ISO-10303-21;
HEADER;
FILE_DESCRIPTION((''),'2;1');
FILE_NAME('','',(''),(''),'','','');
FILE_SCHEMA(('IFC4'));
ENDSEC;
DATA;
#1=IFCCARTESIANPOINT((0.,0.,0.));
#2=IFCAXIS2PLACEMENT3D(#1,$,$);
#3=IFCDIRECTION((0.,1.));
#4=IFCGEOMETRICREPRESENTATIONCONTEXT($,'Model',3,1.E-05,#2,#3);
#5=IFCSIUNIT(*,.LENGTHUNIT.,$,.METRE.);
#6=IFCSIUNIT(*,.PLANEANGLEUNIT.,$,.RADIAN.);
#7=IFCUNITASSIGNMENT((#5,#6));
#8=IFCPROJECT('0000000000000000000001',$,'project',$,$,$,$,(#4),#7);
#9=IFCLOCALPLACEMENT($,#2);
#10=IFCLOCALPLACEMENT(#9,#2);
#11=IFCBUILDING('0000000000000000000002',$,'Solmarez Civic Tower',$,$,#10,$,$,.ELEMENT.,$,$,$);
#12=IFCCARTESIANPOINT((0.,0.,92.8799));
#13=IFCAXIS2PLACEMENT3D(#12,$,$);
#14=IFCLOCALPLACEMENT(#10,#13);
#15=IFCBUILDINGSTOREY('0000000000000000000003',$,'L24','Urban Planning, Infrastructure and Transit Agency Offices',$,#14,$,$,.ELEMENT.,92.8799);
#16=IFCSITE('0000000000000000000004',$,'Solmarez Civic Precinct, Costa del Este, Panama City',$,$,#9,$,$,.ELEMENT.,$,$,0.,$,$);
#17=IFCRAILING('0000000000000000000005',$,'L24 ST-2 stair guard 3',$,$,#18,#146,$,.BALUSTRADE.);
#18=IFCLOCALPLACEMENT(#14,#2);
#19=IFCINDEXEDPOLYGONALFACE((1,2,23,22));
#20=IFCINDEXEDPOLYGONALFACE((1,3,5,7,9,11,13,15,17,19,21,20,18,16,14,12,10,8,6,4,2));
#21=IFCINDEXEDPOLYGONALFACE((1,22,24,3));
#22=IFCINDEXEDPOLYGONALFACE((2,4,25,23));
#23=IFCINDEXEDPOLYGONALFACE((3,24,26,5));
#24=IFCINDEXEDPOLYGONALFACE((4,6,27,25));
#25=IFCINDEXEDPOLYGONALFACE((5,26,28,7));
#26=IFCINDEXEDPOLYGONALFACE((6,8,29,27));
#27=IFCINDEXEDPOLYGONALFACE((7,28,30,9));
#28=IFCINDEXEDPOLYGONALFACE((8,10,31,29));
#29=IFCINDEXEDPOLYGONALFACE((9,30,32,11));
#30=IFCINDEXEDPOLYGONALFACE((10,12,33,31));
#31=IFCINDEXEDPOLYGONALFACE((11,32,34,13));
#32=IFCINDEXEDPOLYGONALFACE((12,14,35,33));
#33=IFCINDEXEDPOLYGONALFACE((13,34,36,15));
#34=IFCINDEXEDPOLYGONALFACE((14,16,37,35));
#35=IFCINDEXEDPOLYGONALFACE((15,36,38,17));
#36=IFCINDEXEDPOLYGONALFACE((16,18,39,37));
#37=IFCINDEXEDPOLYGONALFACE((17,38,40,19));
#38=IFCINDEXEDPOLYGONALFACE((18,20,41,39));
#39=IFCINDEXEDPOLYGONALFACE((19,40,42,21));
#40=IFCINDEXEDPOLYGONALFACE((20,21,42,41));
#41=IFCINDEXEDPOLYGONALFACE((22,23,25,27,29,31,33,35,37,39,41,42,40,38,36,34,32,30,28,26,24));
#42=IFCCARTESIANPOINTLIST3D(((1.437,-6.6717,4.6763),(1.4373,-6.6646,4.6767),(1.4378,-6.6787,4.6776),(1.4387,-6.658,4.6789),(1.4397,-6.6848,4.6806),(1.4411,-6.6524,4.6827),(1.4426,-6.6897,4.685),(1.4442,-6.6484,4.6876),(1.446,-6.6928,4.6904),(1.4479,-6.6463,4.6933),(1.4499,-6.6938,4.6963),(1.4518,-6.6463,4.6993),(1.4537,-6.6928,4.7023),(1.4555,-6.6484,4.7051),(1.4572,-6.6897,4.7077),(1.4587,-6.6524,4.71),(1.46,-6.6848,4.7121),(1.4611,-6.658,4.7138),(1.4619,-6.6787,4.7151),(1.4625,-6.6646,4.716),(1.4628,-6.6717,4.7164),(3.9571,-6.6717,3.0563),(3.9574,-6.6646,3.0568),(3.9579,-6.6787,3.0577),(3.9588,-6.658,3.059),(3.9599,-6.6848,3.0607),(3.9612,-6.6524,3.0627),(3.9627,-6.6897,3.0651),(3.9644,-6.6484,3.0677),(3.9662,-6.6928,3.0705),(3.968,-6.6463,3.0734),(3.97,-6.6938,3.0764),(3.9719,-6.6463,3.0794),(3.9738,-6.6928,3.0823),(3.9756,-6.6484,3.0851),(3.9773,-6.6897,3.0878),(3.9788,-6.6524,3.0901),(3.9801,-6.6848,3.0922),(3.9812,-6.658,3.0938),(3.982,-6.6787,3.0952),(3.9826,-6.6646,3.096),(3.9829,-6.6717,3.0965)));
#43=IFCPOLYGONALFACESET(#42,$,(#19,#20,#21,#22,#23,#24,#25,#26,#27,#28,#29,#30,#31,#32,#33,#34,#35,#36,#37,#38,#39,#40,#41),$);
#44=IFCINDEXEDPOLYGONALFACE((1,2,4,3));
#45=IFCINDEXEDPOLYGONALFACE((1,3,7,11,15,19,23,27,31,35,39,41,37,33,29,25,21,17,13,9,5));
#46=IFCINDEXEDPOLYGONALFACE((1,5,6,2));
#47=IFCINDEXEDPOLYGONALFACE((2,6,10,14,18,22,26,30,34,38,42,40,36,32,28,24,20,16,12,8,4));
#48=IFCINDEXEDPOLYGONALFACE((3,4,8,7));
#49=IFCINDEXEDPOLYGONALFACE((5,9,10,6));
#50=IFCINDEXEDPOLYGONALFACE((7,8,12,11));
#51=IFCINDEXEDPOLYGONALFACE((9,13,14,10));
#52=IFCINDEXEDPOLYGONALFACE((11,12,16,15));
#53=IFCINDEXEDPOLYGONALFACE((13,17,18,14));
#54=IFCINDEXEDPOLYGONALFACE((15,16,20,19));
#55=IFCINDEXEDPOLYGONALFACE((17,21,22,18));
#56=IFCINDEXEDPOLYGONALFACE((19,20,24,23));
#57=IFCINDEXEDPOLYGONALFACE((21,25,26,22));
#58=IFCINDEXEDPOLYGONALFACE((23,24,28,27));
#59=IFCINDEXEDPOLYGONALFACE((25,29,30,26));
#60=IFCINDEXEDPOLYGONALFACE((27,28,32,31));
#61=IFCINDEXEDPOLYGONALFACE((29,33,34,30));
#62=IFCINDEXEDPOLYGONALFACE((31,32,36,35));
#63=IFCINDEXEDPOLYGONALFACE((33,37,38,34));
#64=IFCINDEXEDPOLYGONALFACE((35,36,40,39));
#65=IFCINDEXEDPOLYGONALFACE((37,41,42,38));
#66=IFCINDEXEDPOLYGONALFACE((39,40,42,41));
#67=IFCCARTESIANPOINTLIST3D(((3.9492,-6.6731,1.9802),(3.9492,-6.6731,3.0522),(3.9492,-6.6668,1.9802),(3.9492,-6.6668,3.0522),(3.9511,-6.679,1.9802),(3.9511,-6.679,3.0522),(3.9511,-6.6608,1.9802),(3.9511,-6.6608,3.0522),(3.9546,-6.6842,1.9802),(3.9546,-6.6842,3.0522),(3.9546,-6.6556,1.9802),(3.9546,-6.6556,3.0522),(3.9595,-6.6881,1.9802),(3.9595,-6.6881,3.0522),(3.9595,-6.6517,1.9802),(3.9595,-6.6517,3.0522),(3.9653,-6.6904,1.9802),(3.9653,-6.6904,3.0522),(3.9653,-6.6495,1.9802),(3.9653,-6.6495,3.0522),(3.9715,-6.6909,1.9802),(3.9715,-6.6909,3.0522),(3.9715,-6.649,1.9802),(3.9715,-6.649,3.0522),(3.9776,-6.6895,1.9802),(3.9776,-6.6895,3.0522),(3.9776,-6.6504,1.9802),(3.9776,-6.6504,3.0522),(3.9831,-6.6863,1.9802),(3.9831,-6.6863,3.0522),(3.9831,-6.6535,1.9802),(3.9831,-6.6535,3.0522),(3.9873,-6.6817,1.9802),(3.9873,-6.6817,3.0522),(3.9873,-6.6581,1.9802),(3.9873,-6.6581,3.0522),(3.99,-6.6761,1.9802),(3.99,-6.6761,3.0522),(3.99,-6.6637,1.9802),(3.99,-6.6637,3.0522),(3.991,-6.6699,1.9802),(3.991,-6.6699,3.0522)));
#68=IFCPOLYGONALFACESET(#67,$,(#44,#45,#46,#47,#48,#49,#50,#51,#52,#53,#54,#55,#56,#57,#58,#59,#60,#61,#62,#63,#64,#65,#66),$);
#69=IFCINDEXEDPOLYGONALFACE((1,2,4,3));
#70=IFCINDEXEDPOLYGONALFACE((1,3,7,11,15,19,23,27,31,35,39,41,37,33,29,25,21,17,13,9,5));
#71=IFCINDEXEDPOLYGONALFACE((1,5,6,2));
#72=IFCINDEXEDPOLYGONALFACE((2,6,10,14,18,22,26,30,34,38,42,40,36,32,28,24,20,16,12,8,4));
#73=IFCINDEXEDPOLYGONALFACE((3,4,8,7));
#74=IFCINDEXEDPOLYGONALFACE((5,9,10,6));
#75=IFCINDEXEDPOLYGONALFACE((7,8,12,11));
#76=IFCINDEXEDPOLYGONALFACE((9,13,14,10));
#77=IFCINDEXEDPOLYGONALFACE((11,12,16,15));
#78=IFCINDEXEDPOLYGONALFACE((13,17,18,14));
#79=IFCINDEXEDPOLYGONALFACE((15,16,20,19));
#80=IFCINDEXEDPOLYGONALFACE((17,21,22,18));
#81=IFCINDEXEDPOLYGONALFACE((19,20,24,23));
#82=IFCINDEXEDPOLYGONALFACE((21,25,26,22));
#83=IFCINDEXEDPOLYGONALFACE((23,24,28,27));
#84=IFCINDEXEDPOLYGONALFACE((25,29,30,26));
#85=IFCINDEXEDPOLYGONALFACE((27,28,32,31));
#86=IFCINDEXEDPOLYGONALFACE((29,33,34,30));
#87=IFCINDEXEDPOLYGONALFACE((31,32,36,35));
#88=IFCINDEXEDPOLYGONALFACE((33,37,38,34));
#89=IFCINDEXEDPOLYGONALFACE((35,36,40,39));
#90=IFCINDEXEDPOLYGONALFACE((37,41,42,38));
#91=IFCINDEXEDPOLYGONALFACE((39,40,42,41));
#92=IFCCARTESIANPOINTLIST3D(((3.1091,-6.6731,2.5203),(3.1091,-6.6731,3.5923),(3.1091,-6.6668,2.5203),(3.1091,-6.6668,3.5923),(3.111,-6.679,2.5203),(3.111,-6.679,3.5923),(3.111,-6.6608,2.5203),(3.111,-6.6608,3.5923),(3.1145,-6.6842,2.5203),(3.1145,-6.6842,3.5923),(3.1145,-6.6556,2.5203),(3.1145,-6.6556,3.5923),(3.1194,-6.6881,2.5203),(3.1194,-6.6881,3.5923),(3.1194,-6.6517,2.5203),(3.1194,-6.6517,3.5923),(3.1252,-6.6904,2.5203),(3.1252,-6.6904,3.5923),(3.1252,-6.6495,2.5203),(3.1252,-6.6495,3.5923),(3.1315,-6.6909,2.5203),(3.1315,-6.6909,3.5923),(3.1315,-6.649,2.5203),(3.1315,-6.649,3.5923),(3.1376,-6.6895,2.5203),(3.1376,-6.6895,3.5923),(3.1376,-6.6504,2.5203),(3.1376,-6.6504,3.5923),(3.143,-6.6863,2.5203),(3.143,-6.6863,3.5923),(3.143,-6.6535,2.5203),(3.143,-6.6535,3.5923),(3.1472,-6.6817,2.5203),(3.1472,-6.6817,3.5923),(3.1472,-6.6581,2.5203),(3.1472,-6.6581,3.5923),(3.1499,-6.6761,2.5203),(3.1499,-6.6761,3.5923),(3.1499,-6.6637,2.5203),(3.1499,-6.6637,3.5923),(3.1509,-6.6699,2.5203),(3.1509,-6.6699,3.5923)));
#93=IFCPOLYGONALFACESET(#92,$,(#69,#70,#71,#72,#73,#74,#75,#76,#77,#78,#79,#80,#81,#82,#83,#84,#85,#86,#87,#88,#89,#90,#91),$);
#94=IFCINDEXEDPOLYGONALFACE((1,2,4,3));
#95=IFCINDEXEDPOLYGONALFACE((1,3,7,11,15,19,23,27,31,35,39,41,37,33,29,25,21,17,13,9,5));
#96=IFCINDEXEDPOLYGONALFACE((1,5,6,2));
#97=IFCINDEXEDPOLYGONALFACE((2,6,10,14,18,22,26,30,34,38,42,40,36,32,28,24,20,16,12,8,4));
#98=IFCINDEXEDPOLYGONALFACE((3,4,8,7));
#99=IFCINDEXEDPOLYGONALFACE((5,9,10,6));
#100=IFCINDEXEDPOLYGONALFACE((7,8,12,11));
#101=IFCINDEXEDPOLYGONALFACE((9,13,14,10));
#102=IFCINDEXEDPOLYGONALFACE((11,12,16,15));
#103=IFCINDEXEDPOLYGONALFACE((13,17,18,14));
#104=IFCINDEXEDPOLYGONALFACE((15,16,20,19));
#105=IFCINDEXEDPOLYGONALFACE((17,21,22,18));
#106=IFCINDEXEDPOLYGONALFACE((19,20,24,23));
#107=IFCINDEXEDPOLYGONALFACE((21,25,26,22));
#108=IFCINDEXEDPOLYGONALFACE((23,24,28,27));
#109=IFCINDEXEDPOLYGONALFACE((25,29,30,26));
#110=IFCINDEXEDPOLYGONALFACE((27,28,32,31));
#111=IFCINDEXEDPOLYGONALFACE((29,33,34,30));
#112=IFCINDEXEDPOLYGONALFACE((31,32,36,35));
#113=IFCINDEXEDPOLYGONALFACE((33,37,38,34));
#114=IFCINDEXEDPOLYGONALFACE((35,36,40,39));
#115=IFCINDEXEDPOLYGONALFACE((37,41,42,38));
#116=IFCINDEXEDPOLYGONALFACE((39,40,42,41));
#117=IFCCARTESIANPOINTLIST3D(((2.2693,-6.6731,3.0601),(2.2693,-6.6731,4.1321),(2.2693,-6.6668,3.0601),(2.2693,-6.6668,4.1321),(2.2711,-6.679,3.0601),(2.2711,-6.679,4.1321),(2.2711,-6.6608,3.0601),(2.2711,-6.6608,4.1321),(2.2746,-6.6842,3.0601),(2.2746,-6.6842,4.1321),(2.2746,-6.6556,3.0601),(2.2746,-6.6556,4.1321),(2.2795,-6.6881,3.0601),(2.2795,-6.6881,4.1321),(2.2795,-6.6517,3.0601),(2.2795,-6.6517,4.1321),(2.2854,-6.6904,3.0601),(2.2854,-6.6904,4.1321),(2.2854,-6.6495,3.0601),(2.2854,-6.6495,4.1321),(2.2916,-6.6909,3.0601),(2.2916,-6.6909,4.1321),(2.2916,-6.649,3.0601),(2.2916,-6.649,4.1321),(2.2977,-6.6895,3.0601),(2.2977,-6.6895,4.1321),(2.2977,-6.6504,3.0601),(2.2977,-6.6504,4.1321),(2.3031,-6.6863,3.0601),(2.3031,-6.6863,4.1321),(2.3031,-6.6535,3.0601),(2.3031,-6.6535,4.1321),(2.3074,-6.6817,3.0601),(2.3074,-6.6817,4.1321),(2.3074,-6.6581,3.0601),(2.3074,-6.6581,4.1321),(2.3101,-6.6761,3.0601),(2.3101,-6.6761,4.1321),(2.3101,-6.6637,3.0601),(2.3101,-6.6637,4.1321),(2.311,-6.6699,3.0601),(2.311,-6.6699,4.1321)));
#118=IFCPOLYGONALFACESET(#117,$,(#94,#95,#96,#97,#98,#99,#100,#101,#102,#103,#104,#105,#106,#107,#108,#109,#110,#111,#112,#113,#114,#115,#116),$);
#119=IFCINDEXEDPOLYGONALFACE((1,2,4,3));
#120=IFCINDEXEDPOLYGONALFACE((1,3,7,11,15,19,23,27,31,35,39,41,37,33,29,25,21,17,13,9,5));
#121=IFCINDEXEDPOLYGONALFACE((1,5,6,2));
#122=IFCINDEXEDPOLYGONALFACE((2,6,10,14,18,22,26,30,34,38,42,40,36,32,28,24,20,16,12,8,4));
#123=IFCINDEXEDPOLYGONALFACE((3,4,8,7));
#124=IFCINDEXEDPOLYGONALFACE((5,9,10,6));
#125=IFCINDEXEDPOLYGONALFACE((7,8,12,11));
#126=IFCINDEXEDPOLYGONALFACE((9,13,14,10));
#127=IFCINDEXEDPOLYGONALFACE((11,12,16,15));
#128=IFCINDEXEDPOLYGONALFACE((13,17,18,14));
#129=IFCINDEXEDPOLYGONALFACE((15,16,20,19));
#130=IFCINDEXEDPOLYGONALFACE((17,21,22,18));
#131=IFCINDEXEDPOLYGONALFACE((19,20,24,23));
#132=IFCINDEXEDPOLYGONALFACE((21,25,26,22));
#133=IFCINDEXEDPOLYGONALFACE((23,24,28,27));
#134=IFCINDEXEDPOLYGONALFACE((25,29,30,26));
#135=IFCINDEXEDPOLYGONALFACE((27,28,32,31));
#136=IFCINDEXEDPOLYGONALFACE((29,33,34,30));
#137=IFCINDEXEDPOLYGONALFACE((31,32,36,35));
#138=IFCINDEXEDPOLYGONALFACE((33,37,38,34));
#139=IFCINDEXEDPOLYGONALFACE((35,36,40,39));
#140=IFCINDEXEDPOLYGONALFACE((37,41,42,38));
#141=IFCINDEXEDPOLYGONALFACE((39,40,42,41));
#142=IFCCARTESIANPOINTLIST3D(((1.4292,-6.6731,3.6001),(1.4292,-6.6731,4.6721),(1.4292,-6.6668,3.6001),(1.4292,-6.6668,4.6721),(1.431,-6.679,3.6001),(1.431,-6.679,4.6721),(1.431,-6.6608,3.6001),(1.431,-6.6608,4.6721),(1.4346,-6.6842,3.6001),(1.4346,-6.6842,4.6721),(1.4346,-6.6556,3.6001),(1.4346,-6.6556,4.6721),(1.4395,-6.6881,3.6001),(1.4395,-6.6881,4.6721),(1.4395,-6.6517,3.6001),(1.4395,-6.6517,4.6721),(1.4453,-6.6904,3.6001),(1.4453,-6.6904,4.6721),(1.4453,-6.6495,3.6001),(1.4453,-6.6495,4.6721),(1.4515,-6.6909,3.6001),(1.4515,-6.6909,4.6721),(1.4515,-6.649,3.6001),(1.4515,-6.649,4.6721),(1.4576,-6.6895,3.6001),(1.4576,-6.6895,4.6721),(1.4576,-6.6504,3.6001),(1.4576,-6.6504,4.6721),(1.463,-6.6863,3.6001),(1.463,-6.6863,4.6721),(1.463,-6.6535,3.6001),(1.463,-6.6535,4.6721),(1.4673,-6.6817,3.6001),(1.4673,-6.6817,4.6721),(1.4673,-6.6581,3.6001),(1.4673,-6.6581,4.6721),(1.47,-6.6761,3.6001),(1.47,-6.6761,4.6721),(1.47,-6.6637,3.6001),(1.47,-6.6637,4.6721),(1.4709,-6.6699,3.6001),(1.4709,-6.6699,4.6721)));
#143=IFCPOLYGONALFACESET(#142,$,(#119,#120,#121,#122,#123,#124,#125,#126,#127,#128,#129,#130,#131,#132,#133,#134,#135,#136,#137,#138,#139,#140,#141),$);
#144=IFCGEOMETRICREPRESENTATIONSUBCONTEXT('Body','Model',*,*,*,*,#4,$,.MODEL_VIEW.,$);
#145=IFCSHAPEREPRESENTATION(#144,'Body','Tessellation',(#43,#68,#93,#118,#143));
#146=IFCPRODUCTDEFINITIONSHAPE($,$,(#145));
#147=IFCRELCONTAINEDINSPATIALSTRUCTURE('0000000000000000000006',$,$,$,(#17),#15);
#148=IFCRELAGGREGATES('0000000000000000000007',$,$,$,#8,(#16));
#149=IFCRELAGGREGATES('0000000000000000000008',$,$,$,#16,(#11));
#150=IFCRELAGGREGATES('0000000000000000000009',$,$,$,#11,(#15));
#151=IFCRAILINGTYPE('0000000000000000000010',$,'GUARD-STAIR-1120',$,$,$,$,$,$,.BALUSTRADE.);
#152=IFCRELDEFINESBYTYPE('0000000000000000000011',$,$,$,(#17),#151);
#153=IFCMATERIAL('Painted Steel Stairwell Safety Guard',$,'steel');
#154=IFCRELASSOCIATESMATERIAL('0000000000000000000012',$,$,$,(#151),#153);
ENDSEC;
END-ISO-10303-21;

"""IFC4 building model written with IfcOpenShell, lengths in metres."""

from ifc_helpers import new_model, si_unit, direction, frame, origin, origin_2d, place, context, subcontext, project, spatial, circle, extrude, material, type_object, element, save


model = new_model("IFC4")

# Units and contexts
model_context = context("Model", 3, precision=1e-05, world=origin(), true_north=direction((0.0, 1.0)))
body_context = subcontext(model_context, "Body", "Model", "MODEL_VIEW")
ifc_project = project(units=[si_unit("LENGTHUNIT", "METRE"), si_unit("PLANEANGLEUNIT", "RADIAN")], contexts=[model_context])

# Site, building, storey
site_placement = place(None, origin())
site = spatial("IfcSite", under=ifc_project, at=site_placement, Name="Solmarez Civic Precinct, Costa del Este, Panama City", CompositionType="ELEMENT", RefElevation=0.0)
building_placement = place(site_placement, origin())
building = spatial("IfcBuilding", under=site, at=building_placement, Name="Solmarez Civic Tower", CompositionType="ELEMENT")
storey_placement = place(building_placement, frame((0.0, 0.0, 92.8799)))
storey = spatial("IfcBuildingStorey", under=building, at=storey_placement, Name="L24", Description="Urban Planning, Infrastructure and Transit Agency Offices", CompositionType="ELEMENT", Elevation=92.8799)

# Railing
ifc_material_1 = material(Name="Painted Steel Stairwell Safety Guard", Category="steel")
railing_type_1 = type_object("IfcRailingType", Name="GUARD-STAIR-1120", PredefinedType="BALUSTRADE", material=ifc_material_1)
railing_1_placement = place(storey_placement, frame((3.97, -6.6699, 1.9802)))
element("IfcRailing", 1, at=railing_1_placement, inside=storey, type_object=railing_type_1, Name="L24 ST-2 stair guard 3", PredefinedType="BALUSTRADE", context=body_context, shape_type="SweptSolid", body=[
    extrude(circle(Radius=0.0239, at=origin_2d()), frame((0.0, 0.0, 1.0962), z_axis=(-0.8412, 0.0, 0.540725), x_axis=(0.0, -1.0, 0.0)), (0.0, 0.0, 1.0), 2.9958),
    extrude(circle(Radius=0.021, at=origin_2d()), origin(), (0.0, 0.0, 1.0), 1.072),
    extrude(circle(Radius=0.021, at=origin_2d()), frame((-0.8401, 0.0, 0.54)), (0.0, 0.0, 1.0), 1.072),
    extrude(circle(Radius=0.021, at=origin_2d()), frame((-1.6799, 0.0, 1.0798)), (0.0, 0.0, 1.0), 1.072),
    extrude(circle(Radius=0.021, at=origin_2d()), frame((-2.52, 0.0, 1.6199)), (0.0, 0.0, 1.0), 1.072),
])

save(model, "model.ifc")
